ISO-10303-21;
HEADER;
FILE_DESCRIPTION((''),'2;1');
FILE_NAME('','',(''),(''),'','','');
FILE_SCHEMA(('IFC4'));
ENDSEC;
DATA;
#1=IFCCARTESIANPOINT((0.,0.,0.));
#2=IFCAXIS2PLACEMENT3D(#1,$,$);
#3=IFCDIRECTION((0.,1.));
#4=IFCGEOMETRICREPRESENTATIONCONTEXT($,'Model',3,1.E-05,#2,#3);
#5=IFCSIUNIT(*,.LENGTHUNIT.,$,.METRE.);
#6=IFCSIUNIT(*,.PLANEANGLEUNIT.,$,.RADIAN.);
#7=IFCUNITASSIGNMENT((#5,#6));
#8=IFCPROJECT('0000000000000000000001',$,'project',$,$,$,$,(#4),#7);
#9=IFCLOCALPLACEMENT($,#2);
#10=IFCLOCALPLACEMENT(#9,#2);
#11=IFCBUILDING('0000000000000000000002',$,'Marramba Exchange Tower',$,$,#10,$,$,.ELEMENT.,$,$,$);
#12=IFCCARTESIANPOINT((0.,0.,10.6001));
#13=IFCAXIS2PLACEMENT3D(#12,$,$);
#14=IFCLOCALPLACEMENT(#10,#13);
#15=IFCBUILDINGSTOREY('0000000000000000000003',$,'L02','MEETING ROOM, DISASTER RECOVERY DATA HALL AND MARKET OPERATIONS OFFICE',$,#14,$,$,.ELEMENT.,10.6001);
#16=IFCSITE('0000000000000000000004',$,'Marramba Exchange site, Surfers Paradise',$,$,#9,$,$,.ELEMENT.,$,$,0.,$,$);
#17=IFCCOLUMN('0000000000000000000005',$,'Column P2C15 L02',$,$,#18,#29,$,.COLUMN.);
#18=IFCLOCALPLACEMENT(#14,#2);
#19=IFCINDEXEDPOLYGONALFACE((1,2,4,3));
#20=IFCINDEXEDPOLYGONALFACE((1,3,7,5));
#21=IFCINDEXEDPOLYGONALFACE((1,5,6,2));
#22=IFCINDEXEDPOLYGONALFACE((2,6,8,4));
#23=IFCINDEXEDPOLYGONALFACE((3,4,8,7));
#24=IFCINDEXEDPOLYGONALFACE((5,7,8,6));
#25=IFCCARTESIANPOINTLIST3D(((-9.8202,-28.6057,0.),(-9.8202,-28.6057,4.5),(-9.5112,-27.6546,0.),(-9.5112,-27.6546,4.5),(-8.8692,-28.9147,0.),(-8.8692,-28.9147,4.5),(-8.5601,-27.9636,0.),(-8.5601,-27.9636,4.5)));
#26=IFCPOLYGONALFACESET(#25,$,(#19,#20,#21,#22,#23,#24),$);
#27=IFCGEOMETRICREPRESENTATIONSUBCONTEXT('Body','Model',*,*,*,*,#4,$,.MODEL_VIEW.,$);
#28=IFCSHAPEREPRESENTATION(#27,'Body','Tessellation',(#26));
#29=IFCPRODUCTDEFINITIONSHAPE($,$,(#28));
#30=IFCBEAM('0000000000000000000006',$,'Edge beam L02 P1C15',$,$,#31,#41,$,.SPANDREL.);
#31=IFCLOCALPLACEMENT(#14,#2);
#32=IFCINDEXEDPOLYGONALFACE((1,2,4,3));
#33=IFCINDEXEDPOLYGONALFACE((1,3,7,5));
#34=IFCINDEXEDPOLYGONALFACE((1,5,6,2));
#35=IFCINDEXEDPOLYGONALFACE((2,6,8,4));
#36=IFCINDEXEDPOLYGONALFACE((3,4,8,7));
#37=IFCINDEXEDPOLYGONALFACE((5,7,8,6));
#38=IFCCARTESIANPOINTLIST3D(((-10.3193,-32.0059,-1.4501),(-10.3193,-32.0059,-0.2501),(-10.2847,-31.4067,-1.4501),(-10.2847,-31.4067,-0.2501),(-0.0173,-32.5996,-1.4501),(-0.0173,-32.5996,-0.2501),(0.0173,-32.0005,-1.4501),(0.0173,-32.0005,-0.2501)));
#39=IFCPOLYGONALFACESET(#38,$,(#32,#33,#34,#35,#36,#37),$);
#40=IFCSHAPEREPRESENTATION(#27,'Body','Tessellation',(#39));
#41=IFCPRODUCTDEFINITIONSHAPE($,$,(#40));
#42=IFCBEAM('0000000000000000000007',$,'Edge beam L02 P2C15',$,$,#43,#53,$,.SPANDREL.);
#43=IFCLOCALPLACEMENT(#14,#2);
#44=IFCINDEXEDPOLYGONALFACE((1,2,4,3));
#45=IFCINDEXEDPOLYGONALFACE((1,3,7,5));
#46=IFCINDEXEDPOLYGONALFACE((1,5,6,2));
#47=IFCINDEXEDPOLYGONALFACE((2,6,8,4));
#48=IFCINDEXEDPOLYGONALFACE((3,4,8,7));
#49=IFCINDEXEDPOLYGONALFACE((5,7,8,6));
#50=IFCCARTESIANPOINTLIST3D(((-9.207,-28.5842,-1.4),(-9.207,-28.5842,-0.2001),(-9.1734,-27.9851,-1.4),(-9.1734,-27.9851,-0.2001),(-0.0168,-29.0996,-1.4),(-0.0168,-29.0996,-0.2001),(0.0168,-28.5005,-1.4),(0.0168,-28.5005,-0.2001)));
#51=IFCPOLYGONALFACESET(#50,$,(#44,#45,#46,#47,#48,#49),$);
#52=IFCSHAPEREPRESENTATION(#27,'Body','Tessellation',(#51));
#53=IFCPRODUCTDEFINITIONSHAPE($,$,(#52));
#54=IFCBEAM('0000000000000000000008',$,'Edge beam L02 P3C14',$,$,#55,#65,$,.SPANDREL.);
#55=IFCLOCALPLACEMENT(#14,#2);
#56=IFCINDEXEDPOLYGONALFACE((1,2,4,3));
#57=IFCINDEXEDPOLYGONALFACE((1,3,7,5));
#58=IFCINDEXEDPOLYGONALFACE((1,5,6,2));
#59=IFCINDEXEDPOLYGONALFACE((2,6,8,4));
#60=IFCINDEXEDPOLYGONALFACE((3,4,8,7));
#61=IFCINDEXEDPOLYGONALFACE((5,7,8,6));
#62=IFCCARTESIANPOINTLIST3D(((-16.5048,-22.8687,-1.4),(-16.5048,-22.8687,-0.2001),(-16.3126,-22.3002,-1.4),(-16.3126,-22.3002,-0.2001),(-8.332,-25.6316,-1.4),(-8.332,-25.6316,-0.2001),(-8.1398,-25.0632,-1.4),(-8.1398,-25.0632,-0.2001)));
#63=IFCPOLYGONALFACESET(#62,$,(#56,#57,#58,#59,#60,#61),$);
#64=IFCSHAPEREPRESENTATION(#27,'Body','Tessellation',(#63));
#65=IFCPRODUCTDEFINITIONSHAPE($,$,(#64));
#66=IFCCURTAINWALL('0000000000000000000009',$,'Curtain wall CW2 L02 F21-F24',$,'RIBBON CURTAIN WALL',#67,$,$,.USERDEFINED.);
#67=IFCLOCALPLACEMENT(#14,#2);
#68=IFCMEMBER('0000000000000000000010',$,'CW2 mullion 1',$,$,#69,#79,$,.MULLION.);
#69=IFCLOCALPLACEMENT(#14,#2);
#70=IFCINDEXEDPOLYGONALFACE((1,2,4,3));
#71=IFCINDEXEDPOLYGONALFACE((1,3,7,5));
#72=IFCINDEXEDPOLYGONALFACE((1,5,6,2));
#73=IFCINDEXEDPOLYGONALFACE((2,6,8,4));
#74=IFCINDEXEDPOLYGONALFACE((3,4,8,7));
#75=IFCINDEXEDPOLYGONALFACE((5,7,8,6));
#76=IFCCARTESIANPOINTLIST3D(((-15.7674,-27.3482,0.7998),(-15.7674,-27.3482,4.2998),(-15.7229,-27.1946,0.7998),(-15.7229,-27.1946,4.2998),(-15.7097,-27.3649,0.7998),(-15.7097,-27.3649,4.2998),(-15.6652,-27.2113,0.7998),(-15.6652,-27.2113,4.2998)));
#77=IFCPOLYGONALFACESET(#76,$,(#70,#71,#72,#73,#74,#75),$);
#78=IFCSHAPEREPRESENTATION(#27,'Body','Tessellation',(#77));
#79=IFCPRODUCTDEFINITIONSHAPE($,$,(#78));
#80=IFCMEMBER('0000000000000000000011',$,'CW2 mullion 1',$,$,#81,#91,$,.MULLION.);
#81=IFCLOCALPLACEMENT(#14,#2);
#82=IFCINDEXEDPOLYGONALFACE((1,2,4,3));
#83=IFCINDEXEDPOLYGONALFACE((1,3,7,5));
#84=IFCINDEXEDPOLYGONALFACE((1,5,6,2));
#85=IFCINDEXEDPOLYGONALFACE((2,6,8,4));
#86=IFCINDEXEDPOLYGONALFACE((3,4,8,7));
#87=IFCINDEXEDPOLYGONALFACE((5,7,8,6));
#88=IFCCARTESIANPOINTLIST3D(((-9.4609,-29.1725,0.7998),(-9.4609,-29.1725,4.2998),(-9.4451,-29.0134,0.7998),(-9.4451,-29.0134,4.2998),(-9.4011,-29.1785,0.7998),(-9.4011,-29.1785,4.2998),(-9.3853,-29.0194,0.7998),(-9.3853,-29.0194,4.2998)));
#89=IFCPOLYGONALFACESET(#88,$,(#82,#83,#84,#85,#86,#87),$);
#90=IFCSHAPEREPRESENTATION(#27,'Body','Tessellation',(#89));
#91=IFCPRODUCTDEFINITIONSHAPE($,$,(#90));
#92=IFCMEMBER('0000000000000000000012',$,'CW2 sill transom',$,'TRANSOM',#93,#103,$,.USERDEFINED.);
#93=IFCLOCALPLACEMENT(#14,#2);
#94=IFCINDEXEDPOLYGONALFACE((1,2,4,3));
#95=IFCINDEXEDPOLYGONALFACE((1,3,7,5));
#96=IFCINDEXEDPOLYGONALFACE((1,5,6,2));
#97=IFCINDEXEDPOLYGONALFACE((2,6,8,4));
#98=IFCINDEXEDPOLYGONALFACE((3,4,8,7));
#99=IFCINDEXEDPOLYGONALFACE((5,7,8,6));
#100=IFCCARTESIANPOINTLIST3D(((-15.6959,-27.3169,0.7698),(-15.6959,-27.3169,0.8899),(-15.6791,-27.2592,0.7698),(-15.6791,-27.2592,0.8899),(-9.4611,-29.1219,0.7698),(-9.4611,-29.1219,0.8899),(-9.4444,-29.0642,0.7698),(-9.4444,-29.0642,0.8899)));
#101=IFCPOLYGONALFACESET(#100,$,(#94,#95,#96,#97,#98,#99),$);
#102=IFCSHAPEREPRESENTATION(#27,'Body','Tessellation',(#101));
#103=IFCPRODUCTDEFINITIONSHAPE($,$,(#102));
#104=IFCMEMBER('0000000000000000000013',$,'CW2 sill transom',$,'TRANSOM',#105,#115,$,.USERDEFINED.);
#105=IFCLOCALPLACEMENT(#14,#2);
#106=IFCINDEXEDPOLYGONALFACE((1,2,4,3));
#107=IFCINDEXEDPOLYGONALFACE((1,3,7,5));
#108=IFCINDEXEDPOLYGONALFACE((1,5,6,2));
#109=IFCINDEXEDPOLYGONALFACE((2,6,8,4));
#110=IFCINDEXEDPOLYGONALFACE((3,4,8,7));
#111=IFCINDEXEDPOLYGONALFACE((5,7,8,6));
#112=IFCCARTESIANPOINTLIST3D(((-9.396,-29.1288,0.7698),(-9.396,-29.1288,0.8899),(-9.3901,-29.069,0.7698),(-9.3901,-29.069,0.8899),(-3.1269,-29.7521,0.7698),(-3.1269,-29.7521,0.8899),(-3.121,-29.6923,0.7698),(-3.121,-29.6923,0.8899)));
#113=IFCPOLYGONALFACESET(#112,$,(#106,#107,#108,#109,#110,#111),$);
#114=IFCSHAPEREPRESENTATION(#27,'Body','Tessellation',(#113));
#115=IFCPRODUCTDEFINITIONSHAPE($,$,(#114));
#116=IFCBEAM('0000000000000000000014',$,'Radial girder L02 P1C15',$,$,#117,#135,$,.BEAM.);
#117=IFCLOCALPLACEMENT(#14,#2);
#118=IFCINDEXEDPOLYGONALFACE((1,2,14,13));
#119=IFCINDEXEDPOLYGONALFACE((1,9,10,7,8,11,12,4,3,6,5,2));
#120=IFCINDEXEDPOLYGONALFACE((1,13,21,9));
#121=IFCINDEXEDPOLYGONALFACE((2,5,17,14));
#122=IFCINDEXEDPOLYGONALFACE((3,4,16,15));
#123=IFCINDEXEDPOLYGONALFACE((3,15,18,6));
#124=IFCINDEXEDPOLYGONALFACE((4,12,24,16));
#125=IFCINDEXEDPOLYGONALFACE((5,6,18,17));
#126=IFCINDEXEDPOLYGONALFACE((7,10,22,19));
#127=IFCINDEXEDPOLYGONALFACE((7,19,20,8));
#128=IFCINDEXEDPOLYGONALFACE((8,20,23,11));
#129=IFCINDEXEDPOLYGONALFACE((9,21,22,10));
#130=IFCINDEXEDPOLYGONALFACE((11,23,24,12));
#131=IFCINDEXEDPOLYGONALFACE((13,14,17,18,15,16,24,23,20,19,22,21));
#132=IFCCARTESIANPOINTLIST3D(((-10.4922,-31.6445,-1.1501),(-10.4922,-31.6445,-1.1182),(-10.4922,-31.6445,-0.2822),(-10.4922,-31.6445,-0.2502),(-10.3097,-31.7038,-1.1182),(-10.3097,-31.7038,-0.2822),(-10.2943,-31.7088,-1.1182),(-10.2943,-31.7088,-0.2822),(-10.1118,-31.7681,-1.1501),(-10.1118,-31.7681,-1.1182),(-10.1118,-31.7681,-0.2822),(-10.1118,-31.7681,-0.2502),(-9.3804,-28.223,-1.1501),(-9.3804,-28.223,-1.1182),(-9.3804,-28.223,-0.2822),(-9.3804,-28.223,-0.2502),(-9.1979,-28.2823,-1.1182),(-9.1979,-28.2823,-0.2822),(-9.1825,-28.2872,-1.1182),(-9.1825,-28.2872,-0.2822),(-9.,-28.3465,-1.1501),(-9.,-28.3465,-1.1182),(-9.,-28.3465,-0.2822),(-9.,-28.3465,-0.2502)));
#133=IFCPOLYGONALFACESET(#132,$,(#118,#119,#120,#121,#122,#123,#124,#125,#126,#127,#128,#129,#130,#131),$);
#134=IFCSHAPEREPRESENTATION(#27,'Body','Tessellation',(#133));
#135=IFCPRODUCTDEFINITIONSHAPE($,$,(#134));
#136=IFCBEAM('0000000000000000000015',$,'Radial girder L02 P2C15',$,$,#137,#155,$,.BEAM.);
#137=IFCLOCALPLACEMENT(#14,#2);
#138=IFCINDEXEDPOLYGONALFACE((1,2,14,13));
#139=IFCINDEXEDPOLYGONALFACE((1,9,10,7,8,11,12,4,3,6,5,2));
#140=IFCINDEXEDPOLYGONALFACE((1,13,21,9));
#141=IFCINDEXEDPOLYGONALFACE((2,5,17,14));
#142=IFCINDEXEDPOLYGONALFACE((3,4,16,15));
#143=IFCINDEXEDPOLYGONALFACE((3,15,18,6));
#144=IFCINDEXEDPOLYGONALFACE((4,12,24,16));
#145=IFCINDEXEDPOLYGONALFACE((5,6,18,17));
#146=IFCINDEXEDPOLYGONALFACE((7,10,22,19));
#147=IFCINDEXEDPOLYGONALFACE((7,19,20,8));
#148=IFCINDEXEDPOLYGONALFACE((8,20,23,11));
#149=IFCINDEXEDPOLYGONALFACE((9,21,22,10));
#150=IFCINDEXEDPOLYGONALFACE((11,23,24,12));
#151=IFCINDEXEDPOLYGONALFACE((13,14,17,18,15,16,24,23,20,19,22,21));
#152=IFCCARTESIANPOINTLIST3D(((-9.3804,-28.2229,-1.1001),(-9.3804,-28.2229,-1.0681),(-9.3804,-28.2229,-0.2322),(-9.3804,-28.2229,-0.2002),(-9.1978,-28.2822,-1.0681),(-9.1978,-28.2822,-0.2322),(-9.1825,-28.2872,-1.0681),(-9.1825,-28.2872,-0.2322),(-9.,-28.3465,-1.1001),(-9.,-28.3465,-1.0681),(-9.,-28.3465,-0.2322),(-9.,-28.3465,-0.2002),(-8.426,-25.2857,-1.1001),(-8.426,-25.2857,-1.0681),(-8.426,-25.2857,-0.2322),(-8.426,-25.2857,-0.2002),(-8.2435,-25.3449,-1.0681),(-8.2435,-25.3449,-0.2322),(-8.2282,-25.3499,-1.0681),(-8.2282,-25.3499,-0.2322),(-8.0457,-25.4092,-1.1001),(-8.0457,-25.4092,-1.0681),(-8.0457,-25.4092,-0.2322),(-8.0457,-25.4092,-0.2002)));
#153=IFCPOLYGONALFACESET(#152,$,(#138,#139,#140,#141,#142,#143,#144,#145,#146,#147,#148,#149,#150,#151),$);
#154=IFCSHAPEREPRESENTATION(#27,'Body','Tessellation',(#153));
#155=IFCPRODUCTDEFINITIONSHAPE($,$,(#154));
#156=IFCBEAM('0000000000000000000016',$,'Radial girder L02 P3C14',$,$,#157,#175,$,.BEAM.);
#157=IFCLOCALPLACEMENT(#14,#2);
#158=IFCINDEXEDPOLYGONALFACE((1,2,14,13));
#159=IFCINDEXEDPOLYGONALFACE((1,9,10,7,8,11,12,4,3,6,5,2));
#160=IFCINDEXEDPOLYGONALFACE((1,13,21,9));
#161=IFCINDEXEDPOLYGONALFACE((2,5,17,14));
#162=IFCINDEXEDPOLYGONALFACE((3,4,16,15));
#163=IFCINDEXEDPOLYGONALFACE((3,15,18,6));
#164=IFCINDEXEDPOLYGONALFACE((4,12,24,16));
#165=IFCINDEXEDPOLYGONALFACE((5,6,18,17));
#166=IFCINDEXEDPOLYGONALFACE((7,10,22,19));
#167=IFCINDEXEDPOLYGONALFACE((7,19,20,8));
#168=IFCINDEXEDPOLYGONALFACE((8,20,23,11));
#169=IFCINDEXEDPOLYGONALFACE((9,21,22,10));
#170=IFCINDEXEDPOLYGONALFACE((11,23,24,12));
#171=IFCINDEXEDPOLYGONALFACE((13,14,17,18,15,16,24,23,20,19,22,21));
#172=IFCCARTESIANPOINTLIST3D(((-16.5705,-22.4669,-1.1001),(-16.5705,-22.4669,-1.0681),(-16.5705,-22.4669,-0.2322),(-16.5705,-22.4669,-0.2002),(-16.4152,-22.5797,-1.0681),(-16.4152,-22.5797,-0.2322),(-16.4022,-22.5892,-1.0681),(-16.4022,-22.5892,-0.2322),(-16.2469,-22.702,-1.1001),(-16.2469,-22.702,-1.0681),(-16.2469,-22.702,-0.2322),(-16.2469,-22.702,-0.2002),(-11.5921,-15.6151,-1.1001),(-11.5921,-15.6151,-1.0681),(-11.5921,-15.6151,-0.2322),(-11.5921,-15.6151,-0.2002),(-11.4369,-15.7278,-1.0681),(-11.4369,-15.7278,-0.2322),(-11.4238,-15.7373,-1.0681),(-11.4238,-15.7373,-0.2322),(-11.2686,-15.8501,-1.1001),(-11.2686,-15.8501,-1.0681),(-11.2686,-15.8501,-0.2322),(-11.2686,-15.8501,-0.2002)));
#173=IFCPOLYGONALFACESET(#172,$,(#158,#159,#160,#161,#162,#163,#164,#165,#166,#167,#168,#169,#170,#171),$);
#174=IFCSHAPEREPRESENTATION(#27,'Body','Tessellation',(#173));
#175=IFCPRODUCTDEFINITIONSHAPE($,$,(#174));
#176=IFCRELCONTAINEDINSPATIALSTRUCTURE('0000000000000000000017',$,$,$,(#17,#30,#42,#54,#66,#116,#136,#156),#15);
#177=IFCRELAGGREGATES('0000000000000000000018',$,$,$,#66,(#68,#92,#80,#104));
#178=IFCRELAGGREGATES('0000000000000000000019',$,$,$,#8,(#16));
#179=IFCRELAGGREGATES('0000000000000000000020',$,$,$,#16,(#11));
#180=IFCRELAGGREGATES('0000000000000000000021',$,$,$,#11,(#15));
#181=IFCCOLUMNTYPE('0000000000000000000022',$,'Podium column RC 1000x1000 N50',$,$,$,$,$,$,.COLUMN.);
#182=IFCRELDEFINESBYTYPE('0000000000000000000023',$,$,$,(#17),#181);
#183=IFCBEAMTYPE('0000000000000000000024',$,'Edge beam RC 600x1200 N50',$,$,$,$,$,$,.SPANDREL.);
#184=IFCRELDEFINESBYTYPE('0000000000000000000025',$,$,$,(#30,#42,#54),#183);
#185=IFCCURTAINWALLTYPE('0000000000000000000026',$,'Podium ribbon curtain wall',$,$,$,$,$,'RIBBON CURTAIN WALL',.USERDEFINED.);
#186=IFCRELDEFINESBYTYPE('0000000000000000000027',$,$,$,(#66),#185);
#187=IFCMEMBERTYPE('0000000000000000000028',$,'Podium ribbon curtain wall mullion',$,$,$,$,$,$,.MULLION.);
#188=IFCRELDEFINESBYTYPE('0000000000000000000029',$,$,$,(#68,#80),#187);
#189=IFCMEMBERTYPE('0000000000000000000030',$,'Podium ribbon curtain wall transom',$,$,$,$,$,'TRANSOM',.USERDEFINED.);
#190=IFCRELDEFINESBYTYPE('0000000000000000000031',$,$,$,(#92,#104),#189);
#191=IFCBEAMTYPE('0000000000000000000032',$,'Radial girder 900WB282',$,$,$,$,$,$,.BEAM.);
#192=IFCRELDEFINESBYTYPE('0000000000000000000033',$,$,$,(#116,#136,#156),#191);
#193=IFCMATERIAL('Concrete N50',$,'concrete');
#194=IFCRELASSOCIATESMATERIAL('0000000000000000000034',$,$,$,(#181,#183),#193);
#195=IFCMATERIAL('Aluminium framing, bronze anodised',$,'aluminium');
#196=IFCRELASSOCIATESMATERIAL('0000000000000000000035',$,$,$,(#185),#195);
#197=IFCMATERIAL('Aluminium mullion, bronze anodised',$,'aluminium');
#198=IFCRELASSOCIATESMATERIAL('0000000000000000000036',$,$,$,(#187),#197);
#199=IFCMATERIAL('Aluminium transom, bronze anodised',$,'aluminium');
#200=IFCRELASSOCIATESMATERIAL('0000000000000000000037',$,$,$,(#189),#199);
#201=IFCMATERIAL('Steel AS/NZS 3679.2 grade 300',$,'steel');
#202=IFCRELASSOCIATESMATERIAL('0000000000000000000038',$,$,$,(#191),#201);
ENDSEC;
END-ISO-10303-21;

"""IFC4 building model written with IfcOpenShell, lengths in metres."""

from ifc_helpers import new_model, si_unit, direction, frame, origin, origin_2d, place, context, subcontext, project, spatial, rectangle, i_section, extrude, material, material_profile, profile_set, type_object, element, aggregate, save


model = new_model("IFC4")

# Units and contexts
model_context = context("Model", 3, precision=1e-05, world=origin(), true_north=direction((0.0, 1.0)))
body_context = subcontext(model_context, "Body", "Model", "MODEL_VIEW")
ifc_project = project(units=[si_unit("LENGTHUNIT", "METRE"), si_unit("PLANEANGLEUNIT", "RADIAN")], contexts=[model_context])

# Site, building, storey
site_placement = place(None, origin())
site = spatial("IfcSite", under=ifc_project, at=site_placement, Name="Marramba Exchange site, Surfers Paradise", CompositionType="ELEMENT", RefElevation=0.0)
building_placement = place(site_placement, origin())
building = spatial("IfcBuilding", under=site, at=building_placement, Name="Marramba Exchange Tower", CompositionType="ELEMENT")
storey_placement = place(building_placement, frame((0.0, 0.0, 10.6001)))
storey = spatial("IfcBuildingStorey", under=building, at=storey_placement, Name="L02", Description="MEETING ROOM, DISASTER RECOVERY DATA HALL AND MARKET OPERATIONS OFFICE", CompositionType="ELEMENT", Elevation=10.6001)

# Column
ifc_material_1 = material(Name="Concrete N50", Category="concrete")
ifc_material_profile_1 = material_profile(ifc_material_1, rectangle(XDim=1.0, YDim=1.0, at=origin_2d()), Name="RC 1000x1000")
ifc_profile_set_1 = profile_set([ifc_material_profile_1], Name="Concrete N50")
column_type = type_object("IfcColumnType", Name="Podium column RC 1000x1000 N50", PredefinedType="COLUMN", material=ifc_profile_set_1)
column_placement = place(storey_placement, frame((-9.1902, -28.2847, 0.0), z_axis=(0.0, 0.0, 1.0), x_axis=(-0.309017, -0.951057, 0.0)))
element("IfcColumn", 1, at=column_placement, inside=storey, type_object=column_type, Name="Column P2C15 L02", PredefinedType="COLUMN", context=body_context, shape_type="SweptSolid", body=[
    extrude(rectangle(XDim=1.0, YDim=1.0, at=origin_2d()), origin(), (0.0, 0.0, 1.0), 4.5),
])

# Beams
ifc_material_profile_2 = material_profile(ifc_material_1, rectangle(XDim=0.6001, YDim=1.2, at=origin_2d()), Name="RC 600x1200")
ifc_profile_set_2 = profile_set([ifc_material_profile_2], Name="Concrete N50")
beam_type_1 = type_object("IfcBeamType", Name="Edge beam RC 600x1200 N50", PredefinedType="SPANDREL", material=ifc_profile_set_2)
beam_1_placement = place(storey_placement, frame((-10.302, -31.7063, -0.8501), z_axis=(0.998343, -0.057539, 0.0), x_axis=(0.057539, 0.998343, 0.0)))
element("IfcBeam", 2, at=beam_1_placement, inside=storey, type_object=beam_type_1, Name="Edge beam L02 P1C15", PredefinedType="SPANDREL", context=body_context, shape_type="SweptSolid", body=[
    extrude(rectangle(XDim=0.6001, YDim=1.2, at=origin_2d()), origin(), (0.0, 0.0, 1.0), 10.3191),
])
beam_2_placement = place(storey_placement, frame((-9.1902, -28.2847, -0.8), z_axis=(0.998431, -0.055992, 0.0), x_axis=(0.055992, 0.998431, 0.0)))
element("IfcBeam", 3, at=beam_2_placement, inside=storey, type_object=beam_type_1, Name="Edge beam L02 P2C15", PredefinedType="SPANDREL", context=body_context, shape_type="SweptSolid", body=[
    extrude(rectangle(XDim=0.6001, YDim=1.2, at=origin_2d()), origin(), (0.0, 0.0, 1.0), 9.2046),
])
beam_3_placement = place(storey_placement, frame((-16.4087, -22.5845, -0.8), z_axis=(0.947331, -0.320257, 0.0), x_axis=(0.320257, 0.947331, 0.0)))
element("IfcBeam", 4, at=beam_3_placement, inside=storey, type_object=beam_type_1, Name="Edge beam L02 P3C14", PredefinedType="SPANDREL", context=body_context, shape_type="SweptSolid", body=[
    extrude(rectangle(XDim=0.6001, YDim=1.2, at=origin_2d()), origin(), (0.0, 0.0, 1.0), 8.6272),
])

# Curtain wall, members
ifc_material_2 = material(Name="Aluminium framing, bronze anodised", Category="aluminium")
curtain_wall_type = type_object("IfcCurtainWallType", Name="Podium ribbon curtain wall", ElementType="RIBBON CURTAIN WALL", PredefinedType="USERDEFINED", material=ifc_material_2)
curtain_wall_placement = place(storey_placement, origin())
curtain_wall = element("IfcCurtainWall", 5, at=curtain_wall_placement, inside=storey, type_object=curtain_wall_type, Name="Curtain wall CW2 L02 F21-F24", ObjectType="RIBBON CURTAIN WALL", PredefinedType="USERDEFINED")
ifc_material_3 = material(Name="Aluminium mullion, bronze anodised", Category="aluminium")
ifc_material_profile_3 = material_profile(ifc_material_3, rectangle(XDim=0.1599, YDim=0.0601, at=origin_2d()), Name="CW2 mullion 60x160")
ifc_profile_set_3 = profile_set([ifc_material_profile_3], Name="Aluminium mullion, bronze anodised")
member_type_1 = type_object("IfcMemberType", Name="Podium ribbon curtain wall mullion", PredefinedType="MULLION", material=ifc_profile_set_3)
member_1_placement = place(storey_placement, frame((-15.7163, -27.2798, 0.7998), z_axis=(0.0, 0.0, 1.0), x_axis=(0.278075, 0.960559, 0.0)))
member_1 = element("IfcMember", 6, at=member_1_placement, type_object=member_type_1, Name="CW2 mullion 1", PredefinedType="MULLION", context=body_context, shape_type="SweptSolid", body=[
    extrude(rectangle(XDim=0.1599, YDim=0.0601, at=origin_2d()), origin(), (0.0, 0.0, 1.0), 3.5),
])
member_2_placement = place(storey_placement, frame((-9.4231, -29.0959, 0.7998), z_axis=(0.0, 0.0, 1.0), x_axis=(0.098937, 0.995094, 0.0)))
member_2 = element("IfcMember", 7, at=member_2_placement, type_object=member_type_1, Name="CW2 mullion 1", PredefinedType="MULLION", context=body_context, shape_type="SweptSolid", body=[
    extrude(rectangle(XDim=0.1599, YDim=0.0601, at=origin_2d()), origin(), (0.0, 0.0, 1.0), 3.5),
])
ifc_material_4 = material(Name="Aluminium transom, bronze anodised", Category="aluminium")
ifc_material_profile_4 = material_profile(ifc_material_4, rectangle(XDim=0.0601, YDim=0.1201, at=origin_2d()), Name="CW2 transom 60x120")
ifc_profile_set_4 = profile_set([ifc_material_profile_4], Name="Aluminium transom, bronze anodised")
member_type_2 = type_object("IfcMemberType", Name="Podium ribbon curtain wall transom", ElementType="TRANSOM", PredefinedType="USERDEFINED", material=ifc_profile_set_4)
member_3_placement = place(storey_placement, frame((-15.6875, -27.2881, 0.8298), z_axis=(0.960557, -0.278083, 0.0), x_axis=(0.278083, 0.960557, 0.0)))
member_3 = element("IfcMember", 8, at=member_3_placement, type_object=member_type_2, Name="CW2 sill transom", ObjectType="TRANSOM", PredefinedType="USERDEFINED", context=body_context, shape_type="SweptSolid", body=[
    extrude(rectangle(XDim=0.0601, YDim=0.1201, at=origin_2d()), origin(), (0.0, 0.0, 1.0), 6.4907),
])
member_4_placement = place(storey_placement, frame((-9.3931, -29.0989, 0.8298), z_axis=(0.995094, -0.098936, 0.0), x_axis=(0.098936, 0.995094, 0.0)))
member_4 = element("IfcMember", 9, at=member_4_placement, type_object=member_type_2, Name="CW2 sill transom", ObjectType="TRANSOM", PredefinedType="USERDEFINED", context=body_context, shape_type="SweptSolid", body=[
    extrude(rectangle(XDim=0.0601, YDim=0.1201, at=origin_2d()), origin(), (0.0, 0.0, 1.0), 6.3),
])

# Beams
ifc_material_5 = material(Name="Steel AS/NZS 3679.2 grade 300", Category="steel")
ifc_material_profile_5 = material_profile(ifc_material_5, i_section(OverallWidth=0.3999, OverallDepth=0.8999, WebThickness=0.0161, FlangeThickness=0.032, at=origin_2d()), Name="900WB282")
ifc_profile_set_5 = profile_set([ifc_material_profile_5], Name="Steel AS/NZS 3679.2 grade 300")
beam_type_2 = type_object("IfcBeamType", Name="Radial girder 900WB282", PredefinedType="BEAM", material=ifc_profile_set_5)
beam_4_placement = place(storey_placement, frame((-10.302, -31.7063, -0.7002), z_axis=(0.309032, 0.951052, 0.0), x_axis=(-0.951052, 0.309032, 0.0)))
element("IfcBeam", 10, at=beam_4_placement, inside=storey, type_object=beam_type_2, Name="Radial girder L02 P1C15", PredefinedType="BEAM", context=body_context, shape_type="SweptSolid", body=[
    extrude(i_section(OverallWidth=0.3999, OverallDepth=0.8999, WebThickness=0.0161, FlangeThickness=0.032, at=origin_2d()), origin(), (0.0, 0.0, 1.0), 3.5977),
])
beam_5_placement = place(storey_placement, frame((-9.1902, -28.2847, -0.6501), z_axis=(0.309009, 0.951059, 0.0), x_axis=(-0.951059, 0.309009, 0.0)))
element("IfcBeam", 11, at=beam_5_placement, inside=storey, type_object=beam_type_2, Name="Radial girder L02 P2C15", PredefinedType="BEAM", context=body_context, shape_type="SweptSolid", body=[
    extrude(i_section(OverallWidth=0.3999, OverallDepth=0.8999, WebThickness=0.0161, FlangeThickness=0.032, at=origin_2d()), origin(), (0.0, 0.0, 1.0), 3.0884),
])
beam_6_placement = place(storey_placement, frame((-16.4087, -22.5845, -0.6501), z_axis=(0.587796, 0.809009, 0.0), x_axis=(-0.809009, 0.587796, 0.0)))
element("IfcBeam", 12, at=beam_6_placement, inside=storey, type_object=beam_type_2, Name="Radial girder L02 P3C14", PredefinedType="BEAM", context=body_context, shape_type="SweptSolid", body=[
    extrude(i_section(OverallWidth=0.3999, OverallDepth=0.8999, WebThickness=0.0161, FlangeThickness=0.032, at=origin_2d()), origin(), (0.0, 0.0, 1.0), 8.4695),
])

aggregate(curtain_wall, [member_1, member_3, member_2, member_4])

save(model, "model.ifc")
